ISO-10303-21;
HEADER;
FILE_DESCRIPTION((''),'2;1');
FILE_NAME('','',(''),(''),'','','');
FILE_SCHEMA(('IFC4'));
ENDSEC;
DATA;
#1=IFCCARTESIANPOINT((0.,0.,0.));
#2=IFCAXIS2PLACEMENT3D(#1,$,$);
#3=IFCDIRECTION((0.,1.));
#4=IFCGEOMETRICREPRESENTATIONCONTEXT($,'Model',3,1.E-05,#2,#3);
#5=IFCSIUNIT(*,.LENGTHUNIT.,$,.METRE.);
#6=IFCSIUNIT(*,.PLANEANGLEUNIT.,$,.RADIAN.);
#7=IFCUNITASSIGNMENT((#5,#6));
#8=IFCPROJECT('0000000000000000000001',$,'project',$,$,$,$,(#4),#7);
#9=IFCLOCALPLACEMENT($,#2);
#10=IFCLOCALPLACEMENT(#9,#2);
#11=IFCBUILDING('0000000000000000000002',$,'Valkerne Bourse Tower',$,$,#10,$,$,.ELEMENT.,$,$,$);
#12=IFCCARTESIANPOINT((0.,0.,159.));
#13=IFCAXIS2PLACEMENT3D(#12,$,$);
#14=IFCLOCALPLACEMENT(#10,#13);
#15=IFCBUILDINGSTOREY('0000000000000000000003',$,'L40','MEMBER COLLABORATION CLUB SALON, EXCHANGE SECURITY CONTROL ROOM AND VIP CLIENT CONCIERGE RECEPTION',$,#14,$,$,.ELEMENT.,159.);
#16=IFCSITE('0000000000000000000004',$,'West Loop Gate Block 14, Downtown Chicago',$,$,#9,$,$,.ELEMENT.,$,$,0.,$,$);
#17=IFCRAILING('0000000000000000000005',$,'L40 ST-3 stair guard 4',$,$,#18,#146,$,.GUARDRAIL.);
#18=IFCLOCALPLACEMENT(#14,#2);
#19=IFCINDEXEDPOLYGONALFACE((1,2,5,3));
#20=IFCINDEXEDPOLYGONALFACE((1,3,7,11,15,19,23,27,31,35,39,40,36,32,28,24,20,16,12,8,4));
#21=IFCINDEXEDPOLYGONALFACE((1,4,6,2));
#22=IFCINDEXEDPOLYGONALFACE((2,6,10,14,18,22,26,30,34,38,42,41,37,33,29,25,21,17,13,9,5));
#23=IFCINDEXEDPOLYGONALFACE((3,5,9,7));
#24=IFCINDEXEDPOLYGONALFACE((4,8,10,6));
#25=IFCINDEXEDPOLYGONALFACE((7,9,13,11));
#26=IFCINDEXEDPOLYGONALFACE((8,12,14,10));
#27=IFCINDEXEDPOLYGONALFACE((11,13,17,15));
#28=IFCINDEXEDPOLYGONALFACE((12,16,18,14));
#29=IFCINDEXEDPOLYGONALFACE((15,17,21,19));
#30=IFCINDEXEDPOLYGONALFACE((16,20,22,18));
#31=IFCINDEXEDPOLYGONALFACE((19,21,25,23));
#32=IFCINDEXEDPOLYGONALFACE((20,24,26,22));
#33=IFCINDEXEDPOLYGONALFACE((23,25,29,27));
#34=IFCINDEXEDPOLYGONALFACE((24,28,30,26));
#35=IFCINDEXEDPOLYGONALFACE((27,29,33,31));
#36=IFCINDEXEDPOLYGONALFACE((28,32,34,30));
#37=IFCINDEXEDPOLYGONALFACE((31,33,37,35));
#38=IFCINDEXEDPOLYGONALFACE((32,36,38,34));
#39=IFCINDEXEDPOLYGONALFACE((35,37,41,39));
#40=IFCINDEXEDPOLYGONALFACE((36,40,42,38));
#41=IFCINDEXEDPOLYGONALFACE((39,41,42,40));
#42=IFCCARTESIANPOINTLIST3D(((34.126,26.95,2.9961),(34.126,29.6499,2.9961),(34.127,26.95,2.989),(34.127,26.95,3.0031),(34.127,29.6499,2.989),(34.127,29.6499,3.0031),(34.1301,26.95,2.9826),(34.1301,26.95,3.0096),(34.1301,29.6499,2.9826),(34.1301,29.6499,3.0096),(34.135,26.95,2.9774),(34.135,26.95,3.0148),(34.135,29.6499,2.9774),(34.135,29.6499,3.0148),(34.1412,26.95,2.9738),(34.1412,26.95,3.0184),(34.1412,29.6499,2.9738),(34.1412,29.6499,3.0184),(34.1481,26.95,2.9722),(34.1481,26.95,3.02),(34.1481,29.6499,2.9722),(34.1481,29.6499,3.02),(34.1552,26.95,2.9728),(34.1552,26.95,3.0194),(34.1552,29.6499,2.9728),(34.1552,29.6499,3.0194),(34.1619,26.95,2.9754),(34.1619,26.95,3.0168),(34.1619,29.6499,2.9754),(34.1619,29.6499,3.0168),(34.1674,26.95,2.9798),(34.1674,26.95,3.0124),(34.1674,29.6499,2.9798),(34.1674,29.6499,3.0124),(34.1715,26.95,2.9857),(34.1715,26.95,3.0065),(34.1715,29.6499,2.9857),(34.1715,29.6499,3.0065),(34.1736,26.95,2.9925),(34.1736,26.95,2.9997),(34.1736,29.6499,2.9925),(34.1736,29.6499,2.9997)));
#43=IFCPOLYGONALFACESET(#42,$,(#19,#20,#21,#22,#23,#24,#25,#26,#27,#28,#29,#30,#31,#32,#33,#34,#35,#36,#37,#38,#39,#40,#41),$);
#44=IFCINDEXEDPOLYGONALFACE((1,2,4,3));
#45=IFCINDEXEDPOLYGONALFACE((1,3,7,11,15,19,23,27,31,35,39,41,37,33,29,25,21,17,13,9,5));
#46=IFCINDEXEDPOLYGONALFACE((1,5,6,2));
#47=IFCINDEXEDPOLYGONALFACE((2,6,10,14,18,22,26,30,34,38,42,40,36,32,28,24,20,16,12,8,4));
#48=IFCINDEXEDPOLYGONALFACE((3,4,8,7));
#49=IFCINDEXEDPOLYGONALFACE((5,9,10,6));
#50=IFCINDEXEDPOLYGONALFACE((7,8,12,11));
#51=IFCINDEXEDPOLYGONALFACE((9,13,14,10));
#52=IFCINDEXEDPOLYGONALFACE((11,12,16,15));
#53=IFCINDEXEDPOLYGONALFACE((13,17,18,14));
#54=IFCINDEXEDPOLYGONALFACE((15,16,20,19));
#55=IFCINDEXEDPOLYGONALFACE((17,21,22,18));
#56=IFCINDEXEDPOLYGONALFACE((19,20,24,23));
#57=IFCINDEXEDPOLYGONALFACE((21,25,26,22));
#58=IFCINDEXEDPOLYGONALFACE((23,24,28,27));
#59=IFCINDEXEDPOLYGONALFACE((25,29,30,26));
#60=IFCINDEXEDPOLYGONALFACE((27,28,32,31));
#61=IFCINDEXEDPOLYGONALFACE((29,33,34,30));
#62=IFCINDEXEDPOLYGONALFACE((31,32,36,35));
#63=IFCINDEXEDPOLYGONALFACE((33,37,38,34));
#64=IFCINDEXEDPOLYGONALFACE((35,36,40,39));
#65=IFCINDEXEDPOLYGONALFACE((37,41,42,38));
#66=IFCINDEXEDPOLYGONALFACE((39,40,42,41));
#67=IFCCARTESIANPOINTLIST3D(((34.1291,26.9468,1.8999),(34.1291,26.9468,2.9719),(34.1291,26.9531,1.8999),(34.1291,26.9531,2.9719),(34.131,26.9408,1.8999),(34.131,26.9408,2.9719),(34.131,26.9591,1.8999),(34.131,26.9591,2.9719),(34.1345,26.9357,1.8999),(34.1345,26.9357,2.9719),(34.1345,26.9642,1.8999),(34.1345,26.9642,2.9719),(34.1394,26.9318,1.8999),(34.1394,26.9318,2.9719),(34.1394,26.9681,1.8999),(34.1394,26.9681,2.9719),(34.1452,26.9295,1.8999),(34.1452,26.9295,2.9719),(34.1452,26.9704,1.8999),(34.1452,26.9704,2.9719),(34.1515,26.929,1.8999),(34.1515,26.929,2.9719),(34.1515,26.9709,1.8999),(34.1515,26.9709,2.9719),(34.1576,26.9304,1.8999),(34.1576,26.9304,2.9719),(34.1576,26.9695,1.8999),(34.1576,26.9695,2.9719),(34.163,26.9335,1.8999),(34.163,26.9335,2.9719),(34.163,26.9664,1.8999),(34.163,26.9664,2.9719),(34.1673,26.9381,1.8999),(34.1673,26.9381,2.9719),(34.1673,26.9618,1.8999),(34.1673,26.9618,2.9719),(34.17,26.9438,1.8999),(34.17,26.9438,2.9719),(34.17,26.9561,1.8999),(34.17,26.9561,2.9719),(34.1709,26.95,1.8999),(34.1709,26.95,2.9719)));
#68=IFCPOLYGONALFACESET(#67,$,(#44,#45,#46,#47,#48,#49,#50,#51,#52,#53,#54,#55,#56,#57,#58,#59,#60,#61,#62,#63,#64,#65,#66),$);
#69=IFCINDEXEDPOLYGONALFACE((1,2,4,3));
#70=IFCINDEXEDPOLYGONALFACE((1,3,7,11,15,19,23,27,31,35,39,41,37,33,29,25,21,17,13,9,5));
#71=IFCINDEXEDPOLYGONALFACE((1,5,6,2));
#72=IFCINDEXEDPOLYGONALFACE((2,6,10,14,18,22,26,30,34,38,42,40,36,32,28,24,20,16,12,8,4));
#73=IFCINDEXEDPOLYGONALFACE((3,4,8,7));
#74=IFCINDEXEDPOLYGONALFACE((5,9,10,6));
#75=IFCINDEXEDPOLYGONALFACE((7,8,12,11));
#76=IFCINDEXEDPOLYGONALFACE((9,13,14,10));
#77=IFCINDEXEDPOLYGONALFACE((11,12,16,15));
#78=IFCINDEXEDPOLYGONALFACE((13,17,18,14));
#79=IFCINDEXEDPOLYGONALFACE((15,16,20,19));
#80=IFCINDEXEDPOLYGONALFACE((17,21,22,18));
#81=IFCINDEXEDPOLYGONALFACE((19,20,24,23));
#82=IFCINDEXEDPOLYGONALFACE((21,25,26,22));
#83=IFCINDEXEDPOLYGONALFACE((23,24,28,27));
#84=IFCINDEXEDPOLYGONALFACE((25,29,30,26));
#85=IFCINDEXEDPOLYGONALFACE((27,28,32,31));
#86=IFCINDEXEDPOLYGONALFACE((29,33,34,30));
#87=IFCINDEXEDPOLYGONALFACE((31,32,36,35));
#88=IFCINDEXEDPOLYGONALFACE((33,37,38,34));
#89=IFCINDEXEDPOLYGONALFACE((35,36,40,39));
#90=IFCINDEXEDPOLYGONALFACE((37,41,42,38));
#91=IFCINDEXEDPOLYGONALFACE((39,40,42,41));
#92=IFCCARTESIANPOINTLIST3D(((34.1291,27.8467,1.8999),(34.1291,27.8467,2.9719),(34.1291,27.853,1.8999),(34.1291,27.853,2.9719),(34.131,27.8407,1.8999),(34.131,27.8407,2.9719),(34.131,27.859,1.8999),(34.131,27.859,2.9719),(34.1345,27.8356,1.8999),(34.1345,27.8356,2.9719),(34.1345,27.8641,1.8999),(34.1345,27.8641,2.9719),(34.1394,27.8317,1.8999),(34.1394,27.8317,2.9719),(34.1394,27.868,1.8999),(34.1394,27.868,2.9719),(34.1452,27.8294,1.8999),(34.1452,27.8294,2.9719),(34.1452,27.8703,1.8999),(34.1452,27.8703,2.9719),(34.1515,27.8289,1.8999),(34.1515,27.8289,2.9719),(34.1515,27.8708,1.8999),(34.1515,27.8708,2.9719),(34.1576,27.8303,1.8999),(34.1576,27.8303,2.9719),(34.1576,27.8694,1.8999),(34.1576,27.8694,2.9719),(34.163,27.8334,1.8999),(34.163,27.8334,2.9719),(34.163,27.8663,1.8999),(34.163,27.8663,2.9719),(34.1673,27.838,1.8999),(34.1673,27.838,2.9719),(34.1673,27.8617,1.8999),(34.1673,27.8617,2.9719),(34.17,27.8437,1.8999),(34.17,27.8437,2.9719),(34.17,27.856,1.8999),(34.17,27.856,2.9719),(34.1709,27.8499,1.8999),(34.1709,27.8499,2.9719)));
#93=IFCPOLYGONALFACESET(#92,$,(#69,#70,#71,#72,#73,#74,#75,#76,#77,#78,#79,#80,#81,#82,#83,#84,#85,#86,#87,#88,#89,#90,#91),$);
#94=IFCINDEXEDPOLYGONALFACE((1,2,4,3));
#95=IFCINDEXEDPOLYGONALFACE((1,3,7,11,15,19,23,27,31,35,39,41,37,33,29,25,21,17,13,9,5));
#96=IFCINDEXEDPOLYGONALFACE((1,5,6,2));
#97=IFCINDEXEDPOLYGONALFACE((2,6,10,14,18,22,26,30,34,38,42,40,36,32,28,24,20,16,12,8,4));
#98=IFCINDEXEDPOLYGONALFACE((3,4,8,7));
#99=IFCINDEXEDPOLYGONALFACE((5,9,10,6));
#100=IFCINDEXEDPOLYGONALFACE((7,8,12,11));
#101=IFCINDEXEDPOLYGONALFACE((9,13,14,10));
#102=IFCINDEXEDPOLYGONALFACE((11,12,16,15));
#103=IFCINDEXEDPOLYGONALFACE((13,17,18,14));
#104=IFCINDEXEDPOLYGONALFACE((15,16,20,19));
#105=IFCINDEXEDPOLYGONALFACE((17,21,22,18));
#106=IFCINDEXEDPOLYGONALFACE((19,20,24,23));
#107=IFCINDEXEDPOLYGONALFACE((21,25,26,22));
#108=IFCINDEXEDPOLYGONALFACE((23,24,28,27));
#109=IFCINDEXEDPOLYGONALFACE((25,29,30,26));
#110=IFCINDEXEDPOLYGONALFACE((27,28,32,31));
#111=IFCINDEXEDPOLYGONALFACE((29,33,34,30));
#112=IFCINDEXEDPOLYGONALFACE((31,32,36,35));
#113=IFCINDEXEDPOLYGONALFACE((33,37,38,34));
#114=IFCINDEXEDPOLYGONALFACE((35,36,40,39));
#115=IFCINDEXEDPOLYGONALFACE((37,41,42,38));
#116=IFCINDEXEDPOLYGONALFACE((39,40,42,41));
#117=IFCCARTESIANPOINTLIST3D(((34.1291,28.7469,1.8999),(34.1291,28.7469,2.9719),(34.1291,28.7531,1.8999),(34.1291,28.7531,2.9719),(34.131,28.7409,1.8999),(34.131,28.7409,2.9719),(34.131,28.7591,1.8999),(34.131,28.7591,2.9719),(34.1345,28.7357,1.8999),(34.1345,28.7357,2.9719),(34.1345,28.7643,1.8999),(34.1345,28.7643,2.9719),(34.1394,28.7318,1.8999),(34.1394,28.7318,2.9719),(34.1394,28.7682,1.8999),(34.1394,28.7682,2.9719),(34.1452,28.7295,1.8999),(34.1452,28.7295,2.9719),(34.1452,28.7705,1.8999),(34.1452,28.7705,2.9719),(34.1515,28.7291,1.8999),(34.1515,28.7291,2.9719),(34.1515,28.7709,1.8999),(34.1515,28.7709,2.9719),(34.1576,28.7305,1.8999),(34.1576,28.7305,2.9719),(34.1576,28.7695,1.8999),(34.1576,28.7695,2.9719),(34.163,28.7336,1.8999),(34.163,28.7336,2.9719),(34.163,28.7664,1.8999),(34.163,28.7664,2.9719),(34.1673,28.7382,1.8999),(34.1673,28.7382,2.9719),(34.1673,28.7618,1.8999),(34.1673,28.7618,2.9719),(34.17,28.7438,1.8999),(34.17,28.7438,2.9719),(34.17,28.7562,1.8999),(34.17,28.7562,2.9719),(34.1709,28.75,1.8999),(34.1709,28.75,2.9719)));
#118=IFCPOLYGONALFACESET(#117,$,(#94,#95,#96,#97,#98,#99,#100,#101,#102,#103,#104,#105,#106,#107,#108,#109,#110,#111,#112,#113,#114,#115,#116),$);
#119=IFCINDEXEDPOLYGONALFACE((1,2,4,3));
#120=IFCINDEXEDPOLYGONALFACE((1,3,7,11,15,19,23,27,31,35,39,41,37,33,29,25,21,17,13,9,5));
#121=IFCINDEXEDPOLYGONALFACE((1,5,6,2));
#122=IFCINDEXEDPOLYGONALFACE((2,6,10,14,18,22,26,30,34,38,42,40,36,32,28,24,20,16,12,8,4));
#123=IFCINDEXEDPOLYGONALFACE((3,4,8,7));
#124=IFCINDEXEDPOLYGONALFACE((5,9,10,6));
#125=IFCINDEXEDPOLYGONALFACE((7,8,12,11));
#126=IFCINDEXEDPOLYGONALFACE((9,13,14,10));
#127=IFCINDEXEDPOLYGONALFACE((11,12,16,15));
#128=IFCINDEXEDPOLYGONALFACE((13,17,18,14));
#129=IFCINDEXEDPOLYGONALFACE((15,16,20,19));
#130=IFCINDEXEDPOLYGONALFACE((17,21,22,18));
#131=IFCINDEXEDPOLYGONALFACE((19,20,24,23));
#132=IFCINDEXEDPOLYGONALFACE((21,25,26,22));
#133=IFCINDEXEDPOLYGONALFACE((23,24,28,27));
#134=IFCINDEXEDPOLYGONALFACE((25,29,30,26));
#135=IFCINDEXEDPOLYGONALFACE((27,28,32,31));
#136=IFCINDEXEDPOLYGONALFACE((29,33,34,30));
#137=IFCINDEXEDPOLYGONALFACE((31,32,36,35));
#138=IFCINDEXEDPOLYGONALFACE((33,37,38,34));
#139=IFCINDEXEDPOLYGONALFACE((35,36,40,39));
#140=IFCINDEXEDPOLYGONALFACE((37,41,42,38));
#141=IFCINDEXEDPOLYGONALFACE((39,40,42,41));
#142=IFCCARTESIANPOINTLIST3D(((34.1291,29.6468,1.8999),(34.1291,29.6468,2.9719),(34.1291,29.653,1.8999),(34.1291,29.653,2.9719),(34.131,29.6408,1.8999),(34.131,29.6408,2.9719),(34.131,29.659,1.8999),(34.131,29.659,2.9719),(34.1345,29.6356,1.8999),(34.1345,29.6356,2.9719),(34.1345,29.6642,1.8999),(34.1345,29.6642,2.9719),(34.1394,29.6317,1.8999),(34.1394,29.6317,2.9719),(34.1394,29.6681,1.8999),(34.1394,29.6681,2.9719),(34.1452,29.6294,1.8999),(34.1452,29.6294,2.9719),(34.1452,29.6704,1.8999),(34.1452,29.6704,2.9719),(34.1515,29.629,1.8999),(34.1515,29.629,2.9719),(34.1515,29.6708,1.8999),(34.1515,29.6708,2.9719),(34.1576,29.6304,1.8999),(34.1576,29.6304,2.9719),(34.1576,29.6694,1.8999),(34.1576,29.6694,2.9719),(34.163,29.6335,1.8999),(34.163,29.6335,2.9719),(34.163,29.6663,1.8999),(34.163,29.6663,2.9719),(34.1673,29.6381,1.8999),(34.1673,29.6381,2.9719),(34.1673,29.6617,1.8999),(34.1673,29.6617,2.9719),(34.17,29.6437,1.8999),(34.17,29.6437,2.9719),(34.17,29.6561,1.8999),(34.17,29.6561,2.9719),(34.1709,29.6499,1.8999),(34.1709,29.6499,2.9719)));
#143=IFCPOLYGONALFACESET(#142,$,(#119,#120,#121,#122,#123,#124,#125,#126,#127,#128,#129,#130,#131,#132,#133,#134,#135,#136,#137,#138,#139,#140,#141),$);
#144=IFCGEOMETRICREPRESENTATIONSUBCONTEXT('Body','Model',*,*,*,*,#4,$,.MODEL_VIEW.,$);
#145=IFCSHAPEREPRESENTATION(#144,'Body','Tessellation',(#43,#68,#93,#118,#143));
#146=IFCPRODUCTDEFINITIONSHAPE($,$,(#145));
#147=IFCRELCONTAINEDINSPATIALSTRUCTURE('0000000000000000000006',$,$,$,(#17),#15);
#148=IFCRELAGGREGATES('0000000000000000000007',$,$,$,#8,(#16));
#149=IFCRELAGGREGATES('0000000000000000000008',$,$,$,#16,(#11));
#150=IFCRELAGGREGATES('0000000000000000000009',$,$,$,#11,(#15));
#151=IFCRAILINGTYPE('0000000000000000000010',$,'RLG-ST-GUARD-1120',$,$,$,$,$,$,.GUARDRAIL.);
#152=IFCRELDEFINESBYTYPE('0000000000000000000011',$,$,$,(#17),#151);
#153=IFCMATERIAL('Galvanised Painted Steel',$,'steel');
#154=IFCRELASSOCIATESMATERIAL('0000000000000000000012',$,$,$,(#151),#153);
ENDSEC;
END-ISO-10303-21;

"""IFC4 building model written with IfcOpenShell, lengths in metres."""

from ifc_helpers import new_model, si_unit, direction, frame, origin, origin_2d, place, context, subcontext, project, spatial, circle, extrude, material, type_object, element, save


model = new_model("IFC4")

# Units and contexts
model_context = context("Model", 3, precision=1e-05, world=origin(), true_north=direction((0.0, 1.0)))
body_context = subcontext(model_context, "Body", "Model", "MODEL_VIEW")
ifc_project = project(units=[si_unit("LENGTHUNIT", "METRE"), si_unit("PLANEANGLEUNIT", "RADIAN")], contexts=[model_context])

# Site, building, storey
site_placement = place(None, origin())
site = spatial("IfcSite", under=ifc_project, at=site_placement, Name="West Loop Gate Block 14, Downtown Chicago", CompositionType="ELEMENT", RefElevation=0.0)
building_placement = place(site_placement, origin())
building = spatial("IfcBuilding", under=site, at=building_placement, Name="Valkerne Bourse Tower", CompositionType="ELEMENT")
storey_placement = place(building_placement, frame((0.0, 0.0, 159.0)))
storey = spatial("IfcBuildingStorey", under=building, at=storey_placement, Name="L40", Description="MEMBER COLLABORATION CLUB SALON, EXCHANGE SECURITY CONTROL ROOM AND VIP CLIENT CONCIERGE RECEPTION", CompositionType="ELEMENT", Elevation=159.0)

# Railing
ifc_material_1 = material(Name="Galvanised Painted Steel", Category="steel")
railing_type_1 = type_object("IfcRailingType", Name="RLG-ST-GUARD-1120", PredefinedType="GUARDRAIL", material=ifc_material_1)
for number, where, name in (
    (1, (34.1499, 26.95, 1.8999), "L40 ST-3 stair guard 4"),
):
    element("IfcRailing", number, at=place(storey_placement, frame(where)), inside=storey, type_object=railing_type_1, Name=name, PredefinedType="GUARDRAIL", context=body_context, shape_type="SweptSolid", body=[
        extrude(circle(Radius=0.0239, at=origin_2d()), frame((0.0, 0.0, 1.0962), z_axis=(0.0, 1.0, 0.0), x_axis=(-1.0, 0.0, 0.0)), (0.0, 0.0, 1.0), 2.7),
        extrude(circle(Radius=0.021, at=origin_2d()), origin(), (0.0, 0.0, 1.0), 1.072),
        extrude(circle(Radius=0.021, at=origin_2d()), frame((0.0, 0.8999, 0.0)), (0.0, 0.0, 1.0), 1.072),
        extrude(circle(Radius=0.021, at=origin_2d()), frame((0.0, 1.8, 0.0)), (0.0, 0.0, 1.0), 1.072),
        extrude(circle(Radius=0.021, at=origin_2d()), frame((0.0, 2.7, 0.0)), (0.0, 0.0, 1.0), 1.072),
    ])

save(model, "model.ifc")
